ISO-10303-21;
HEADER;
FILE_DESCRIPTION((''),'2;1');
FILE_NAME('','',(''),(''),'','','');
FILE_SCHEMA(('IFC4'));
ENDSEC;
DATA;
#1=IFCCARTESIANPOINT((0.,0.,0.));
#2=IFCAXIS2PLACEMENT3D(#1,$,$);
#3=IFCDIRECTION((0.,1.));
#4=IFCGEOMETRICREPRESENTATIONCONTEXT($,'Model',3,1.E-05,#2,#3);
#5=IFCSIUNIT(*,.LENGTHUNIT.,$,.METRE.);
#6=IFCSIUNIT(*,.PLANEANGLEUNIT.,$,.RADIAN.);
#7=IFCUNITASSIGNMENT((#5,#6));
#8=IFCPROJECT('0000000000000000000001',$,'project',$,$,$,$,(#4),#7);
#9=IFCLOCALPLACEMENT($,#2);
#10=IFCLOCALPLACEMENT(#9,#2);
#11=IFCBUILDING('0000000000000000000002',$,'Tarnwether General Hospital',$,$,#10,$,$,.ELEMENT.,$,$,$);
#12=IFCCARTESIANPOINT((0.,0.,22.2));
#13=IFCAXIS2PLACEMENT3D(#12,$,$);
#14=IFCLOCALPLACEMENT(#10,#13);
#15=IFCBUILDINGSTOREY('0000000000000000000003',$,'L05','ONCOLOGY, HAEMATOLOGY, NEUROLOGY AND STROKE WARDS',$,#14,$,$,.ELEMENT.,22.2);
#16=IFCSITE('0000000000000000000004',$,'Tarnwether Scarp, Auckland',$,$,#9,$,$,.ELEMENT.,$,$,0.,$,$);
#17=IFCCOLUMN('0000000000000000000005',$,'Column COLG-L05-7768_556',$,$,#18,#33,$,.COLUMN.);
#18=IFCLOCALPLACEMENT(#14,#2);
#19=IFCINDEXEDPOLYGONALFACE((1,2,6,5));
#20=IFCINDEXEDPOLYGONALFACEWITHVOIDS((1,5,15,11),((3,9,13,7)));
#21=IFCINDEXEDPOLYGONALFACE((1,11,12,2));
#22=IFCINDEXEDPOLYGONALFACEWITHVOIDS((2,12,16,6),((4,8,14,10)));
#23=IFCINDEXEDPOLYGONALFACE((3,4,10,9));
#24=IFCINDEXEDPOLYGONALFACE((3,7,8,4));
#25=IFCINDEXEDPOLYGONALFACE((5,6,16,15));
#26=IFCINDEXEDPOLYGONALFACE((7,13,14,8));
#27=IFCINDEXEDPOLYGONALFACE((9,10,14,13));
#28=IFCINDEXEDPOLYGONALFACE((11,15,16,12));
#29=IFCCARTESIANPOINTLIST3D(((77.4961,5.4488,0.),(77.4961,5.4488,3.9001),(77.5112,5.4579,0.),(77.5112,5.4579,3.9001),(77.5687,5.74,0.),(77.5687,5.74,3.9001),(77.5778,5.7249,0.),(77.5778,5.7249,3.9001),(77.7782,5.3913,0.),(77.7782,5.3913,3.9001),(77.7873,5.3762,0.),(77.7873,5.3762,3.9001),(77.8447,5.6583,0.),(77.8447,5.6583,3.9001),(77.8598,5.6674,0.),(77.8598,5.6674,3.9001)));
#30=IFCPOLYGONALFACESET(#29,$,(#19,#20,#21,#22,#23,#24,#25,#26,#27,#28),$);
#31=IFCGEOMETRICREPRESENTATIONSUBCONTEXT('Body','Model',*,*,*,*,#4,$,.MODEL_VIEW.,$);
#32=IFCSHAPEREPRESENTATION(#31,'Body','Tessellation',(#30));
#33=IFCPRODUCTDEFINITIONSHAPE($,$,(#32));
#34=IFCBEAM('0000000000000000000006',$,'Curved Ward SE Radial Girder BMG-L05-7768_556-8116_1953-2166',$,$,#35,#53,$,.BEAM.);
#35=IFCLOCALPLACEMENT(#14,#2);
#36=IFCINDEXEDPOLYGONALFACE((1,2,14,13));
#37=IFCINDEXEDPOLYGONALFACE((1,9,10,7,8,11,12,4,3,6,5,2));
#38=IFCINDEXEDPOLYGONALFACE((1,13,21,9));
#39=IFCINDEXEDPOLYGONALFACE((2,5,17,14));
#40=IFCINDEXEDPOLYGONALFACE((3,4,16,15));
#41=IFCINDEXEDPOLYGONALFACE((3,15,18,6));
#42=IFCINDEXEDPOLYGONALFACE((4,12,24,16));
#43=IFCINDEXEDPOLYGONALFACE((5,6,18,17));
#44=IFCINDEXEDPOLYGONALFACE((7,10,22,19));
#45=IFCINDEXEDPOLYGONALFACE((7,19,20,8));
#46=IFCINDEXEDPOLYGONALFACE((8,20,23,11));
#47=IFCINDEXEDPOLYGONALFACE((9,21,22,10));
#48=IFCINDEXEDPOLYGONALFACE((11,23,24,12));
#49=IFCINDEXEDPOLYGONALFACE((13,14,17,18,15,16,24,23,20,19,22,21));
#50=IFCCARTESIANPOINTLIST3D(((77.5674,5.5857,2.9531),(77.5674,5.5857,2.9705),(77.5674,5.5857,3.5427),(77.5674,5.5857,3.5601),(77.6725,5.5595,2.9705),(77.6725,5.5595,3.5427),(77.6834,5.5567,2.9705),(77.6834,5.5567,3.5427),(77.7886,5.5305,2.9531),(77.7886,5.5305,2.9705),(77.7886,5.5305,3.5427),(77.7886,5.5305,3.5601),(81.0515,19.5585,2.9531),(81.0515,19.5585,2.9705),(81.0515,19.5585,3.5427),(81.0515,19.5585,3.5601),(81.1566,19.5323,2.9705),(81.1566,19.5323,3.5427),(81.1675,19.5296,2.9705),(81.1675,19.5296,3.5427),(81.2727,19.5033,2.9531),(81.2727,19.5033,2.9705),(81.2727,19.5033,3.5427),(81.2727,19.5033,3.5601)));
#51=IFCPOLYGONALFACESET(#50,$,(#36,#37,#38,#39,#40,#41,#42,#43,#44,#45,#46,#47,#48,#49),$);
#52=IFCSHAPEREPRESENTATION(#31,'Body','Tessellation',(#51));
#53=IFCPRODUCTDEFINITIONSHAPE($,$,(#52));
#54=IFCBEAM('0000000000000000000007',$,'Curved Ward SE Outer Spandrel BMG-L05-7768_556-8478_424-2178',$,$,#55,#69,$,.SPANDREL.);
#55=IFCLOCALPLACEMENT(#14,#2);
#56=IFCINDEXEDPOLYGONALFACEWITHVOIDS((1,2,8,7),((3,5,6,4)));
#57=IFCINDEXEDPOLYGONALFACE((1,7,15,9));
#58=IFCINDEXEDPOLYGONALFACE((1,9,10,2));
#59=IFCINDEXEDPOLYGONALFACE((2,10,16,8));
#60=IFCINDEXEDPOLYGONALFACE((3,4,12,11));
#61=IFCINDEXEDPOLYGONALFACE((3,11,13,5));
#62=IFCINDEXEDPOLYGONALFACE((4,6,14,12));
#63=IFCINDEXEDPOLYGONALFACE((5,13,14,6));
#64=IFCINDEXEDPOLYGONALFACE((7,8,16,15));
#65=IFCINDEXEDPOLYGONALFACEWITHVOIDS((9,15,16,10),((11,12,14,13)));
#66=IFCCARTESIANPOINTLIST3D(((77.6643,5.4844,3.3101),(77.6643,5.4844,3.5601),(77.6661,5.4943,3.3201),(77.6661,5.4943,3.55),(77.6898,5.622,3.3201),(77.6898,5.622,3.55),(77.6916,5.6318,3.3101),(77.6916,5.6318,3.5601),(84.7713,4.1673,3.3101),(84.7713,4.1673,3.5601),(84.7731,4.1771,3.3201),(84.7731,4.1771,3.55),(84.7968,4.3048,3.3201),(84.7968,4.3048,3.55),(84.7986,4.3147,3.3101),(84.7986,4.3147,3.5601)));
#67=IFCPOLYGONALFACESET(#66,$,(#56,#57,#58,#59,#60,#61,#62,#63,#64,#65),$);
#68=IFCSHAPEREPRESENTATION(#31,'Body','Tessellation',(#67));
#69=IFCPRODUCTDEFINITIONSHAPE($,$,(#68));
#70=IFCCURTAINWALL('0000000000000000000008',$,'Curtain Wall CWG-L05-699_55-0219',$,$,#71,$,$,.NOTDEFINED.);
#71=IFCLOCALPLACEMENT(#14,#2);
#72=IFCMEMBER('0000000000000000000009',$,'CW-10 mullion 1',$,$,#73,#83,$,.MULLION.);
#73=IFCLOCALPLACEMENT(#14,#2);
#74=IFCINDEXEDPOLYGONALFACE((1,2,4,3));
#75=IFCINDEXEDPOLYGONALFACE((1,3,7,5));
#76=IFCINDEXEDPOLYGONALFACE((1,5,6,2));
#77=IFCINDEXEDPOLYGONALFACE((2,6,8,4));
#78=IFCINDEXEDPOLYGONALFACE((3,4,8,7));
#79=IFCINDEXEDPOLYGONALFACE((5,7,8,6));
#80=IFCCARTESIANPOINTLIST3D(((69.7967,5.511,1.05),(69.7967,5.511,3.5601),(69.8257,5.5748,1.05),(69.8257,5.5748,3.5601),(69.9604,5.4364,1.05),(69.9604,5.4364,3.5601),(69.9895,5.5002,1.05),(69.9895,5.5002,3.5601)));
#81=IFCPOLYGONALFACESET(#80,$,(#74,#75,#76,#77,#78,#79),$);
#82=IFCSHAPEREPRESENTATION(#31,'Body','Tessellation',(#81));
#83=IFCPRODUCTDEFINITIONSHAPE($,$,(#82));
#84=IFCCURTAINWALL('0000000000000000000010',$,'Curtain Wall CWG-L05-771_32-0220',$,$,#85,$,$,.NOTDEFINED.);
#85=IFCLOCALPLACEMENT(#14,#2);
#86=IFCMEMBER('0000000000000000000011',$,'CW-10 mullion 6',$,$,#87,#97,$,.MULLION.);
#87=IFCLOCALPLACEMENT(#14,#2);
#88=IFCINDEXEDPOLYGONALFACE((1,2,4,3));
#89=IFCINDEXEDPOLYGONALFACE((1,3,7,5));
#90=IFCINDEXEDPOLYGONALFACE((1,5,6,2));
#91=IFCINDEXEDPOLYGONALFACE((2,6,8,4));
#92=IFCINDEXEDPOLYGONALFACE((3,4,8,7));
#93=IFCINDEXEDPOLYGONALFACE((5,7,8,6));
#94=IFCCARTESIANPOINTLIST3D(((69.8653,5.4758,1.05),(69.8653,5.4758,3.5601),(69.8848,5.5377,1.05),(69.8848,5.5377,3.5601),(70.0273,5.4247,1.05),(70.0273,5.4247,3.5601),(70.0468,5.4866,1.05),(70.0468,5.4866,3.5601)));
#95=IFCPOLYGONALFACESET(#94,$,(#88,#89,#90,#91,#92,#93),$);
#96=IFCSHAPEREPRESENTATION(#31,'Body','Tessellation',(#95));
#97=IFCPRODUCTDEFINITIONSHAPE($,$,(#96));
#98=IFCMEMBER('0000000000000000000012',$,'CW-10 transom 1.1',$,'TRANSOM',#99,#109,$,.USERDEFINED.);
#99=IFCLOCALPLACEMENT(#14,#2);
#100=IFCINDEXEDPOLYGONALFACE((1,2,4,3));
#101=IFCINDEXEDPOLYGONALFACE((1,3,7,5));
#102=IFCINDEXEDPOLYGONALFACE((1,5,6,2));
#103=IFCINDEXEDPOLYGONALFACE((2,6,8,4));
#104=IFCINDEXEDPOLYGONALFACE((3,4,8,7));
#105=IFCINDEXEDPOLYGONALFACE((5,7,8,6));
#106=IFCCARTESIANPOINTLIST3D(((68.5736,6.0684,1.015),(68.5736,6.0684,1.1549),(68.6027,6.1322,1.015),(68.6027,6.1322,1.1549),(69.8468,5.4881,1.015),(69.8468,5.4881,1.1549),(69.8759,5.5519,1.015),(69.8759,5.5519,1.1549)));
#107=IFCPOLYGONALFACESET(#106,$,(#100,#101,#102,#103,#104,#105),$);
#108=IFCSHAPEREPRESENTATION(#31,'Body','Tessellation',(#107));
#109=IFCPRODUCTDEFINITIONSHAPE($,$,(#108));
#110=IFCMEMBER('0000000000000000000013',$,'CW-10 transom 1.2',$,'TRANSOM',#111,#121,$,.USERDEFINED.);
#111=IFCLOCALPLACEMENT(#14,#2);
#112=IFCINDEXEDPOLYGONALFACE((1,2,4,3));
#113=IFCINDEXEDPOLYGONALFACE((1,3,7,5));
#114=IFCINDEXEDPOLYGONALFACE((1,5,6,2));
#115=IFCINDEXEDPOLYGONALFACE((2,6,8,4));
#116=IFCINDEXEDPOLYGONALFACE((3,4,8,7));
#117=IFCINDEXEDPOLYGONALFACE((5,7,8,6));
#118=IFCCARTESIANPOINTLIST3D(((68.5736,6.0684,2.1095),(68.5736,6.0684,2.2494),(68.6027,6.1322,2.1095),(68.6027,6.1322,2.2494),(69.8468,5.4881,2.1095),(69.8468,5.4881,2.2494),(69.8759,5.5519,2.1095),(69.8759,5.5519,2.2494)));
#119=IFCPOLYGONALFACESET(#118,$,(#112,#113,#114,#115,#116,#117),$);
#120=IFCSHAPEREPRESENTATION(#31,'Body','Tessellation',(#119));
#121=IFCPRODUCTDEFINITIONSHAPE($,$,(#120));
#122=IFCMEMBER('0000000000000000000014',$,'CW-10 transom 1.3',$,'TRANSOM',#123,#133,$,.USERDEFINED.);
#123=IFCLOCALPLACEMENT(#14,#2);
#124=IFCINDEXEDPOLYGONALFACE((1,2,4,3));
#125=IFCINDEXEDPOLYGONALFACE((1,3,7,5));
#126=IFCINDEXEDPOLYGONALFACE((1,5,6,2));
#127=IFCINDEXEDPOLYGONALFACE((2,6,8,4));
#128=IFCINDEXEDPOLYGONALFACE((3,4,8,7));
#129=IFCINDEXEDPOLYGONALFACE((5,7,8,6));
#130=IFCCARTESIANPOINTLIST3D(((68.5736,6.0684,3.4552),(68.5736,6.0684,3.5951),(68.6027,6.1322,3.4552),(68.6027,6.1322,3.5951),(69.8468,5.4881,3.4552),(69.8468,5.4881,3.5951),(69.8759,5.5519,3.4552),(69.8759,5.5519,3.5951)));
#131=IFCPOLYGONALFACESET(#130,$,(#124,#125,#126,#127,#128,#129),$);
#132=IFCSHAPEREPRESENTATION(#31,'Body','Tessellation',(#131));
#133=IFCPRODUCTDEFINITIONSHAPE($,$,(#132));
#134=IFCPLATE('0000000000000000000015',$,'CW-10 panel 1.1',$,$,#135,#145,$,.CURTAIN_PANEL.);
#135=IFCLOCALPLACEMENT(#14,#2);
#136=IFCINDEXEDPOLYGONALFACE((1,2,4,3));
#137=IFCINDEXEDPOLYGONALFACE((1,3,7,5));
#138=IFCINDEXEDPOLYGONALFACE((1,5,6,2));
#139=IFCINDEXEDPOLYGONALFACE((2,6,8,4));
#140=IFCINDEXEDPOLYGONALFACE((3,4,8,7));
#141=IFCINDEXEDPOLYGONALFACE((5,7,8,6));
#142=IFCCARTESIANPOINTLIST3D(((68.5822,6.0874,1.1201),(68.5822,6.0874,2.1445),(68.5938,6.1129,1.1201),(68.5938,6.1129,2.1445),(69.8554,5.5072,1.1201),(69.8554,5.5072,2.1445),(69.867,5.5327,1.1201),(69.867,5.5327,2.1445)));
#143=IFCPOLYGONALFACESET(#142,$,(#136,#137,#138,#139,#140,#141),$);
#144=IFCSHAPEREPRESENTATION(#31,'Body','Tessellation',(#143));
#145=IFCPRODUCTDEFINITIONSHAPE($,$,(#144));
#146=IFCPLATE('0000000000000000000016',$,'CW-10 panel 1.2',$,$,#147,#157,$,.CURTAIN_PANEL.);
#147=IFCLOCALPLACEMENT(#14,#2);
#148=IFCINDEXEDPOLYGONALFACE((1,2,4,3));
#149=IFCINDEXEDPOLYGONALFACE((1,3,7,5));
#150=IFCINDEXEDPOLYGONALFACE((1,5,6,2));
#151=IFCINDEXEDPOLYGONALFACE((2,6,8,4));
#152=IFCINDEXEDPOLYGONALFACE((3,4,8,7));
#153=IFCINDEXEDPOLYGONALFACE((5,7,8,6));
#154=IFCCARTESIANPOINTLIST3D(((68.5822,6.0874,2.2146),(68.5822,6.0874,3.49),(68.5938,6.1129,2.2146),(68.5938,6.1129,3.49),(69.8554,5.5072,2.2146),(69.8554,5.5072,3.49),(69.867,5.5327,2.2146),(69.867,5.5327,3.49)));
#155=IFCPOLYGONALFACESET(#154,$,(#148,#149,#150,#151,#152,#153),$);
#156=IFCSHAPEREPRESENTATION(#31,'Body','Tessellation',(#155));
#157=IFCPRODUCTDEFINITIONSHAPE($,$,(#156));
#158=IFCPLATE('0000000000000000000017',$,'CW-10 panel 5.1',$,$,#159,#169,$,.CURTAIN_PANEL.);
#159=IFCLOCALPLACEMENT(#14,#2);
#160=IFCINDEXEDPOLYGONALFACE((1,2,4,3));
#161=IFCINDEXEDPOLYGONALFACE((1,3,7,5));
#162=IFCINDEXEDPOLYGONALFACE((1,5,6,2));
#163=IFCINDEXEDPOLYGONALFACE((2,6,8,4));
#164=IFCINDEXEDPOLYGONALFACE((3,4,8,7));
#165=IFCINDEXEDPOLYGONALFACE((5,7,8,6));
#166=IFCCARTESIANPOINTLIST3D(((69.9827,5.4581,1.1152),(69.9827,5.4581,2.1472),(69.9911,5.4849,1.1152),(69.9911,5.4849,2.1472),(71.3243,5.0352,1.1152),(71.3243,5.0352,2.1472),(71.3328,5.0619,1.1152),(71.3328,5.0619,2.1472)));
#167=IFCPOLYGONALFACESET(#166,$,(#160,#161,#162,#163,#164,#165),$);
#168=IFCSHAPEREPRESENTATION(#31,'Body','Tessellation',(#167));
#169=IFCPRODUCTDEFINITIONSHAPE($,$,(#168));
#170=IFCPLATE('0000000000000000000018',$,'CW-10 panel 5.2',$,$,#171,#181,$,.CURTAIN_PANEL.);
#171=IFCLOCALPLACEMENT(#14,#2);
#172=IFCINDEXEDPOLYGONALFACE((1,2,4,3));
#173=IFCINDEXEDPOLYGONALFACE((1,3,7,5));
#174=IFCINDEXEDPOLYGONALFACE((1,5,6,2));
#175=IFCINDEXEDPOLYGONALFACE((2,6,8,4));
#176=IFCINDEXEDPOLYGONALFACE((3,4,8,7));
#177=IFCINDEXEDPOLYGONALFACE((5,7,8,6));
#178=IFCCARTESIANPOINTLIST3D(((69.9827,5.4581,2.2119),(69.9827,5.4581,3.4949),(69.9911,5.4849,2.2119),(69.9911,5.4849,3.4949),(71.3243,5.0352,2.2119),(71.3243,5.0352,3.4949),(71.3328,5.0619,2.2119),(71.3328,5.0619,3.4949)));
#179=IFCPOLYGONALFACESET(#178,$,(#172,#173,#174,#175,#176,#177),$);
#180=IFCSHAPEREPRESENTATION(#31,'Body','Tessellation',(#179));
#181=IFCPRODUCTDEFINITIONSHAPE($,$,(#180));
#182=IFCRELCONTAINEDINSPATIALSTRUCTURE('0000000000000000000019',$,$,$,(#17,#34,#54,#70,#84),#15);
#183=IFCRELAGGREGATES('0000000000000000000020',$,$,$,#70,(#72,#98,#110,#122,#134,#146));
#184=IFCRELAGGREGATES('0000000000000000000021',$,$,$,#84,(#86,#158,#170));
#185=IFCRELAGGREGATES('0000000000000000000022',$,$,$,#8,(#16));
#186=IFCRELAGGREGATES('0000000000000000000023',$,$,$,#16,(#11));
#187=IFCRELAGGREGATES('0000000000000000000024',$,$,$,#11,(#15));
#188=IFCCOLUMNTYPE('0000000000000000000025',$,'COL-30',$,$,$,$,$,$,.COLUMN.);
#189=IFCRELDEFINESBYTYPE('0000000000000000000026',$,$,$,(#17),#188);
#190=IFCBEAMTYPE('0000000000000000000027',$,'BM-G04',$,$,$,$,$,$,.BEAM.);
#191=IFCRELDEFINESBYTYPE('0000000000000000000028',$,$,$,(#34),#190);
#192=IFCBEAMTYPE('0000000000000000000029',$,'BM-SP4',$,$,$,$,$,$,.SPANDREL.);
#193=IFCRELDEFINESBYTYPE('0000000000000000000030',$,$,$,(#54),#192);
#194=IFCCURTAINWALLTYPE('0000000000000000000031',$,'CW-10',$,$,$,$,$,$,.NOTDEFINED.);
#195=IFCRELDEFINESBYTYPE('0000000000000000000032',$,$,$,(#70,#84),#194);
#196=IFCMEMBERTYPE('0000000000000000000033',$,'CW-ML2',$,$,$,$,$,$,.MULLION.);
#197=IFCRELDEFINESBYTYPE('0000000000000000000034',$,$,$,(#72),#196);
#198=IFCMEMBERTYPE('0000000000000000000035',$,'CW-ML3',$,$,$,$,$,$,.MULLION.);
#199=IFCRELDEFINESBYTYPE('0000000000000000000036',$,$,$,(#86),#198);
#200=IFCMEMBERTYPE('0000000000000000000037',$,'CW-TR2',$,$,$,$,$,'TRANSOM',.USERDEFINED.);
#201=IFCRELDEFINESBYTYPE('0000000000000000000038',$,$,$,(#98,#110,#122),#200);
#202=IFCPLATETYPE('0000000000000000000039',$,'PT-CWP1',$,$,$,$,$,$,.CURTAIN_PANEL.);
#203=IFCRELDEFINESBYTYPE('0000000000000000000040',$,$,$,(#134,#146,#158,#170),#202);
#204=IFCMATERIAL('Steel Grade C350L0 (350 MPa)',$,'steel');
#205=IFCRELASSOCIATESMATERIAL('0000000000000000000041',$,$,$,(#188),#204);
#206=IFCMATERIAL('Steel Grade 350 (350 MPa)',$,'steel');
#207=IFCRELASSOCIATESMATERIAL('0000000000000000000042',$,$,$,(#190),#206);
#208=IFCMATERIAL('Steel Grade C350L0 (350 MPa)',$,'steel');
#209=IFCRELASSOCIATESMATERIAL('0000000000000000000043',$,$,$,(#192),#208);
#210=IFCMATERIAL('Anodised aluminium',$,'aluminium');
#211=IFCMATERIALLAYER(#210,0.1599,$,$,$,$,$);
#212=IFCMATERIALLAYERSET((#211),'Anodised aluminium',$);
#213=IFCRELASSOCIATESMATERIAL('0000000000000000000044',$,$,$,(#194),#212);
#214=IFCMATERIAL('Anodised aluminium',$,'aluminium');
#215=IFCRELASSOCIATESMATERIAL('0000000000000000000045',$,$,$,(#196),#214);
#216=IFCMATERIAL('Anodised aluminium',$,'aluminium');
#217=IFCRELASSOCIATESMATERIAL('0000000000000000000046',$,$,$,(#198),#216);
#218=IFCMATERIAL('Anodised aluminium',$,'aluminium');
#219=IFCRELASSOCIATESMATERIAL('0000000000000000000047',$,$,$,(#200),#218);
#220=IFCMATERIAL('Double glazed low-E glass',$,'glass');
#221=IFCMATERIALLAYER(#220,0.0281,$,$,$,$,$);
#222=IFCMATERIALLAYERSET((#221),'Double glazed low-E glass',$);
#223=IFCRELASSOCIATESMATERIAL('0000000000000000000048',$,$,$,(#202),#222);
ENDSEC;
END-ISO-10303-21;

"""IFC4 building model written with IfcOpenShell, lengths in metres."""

from ifc_helpers import new_model, si_unit, direction, frame, origin, origin_2d, place, context, subcontext, project, spatial, rectangle, hollow_rectangle, i_section, extrude, material, layer, layer_set, material_profile, profile_set, type_object, element, aggregate, save


model = new_model("IFC4")

# Units and contexts
model_context = context("Model", 3, precision=1e-05, world=origin(), true_north=direction((0.0, 1.0)))
body_context = subcontext(model_context, "Body", "Model", "MODEL_VIEW")
ifc_project = project(units=[si_unit("LENGTHUNIT", "METRE"), si_unit("PLANEANGLEUNIT", "RADIAN")], contexts=[model_context])

# Site, building, storey
site_placement = place(None, origin())
site = spatial("IfcSite", under=ifc_project, at=site_placement, Name="Tarnwether Scarp, Auckland", CompositionType="ELEMENT", RefElevation=0.0)
building_placement = place(site_placement, origin())
building = spatial("IfcBuilding", under=site, at=building_placement, Name="Tarnwether General Hospital", CompositionType="ELEMENT")
storey_placement = place(building_placement, frame((0.0, 0.0, 22.2)))
storey = spatial("IfcBuildingStorey", under=building, at=storey_placement, Name="L05", Description="ONCOLOGY, HAEMATOLOGY, NEUROLOGY AND STROKE WARDS", CompositionType="ELEMENT", Elevation=22.2)

# Column
ifc_material_1 = material(Name="Steel Grade C350L0 (350 MPa)", Category="steel")
ifc_material_profile_1 = material_profile(ifc_material_1, hollow_rectangle(XDim=0.3, YDim=0.3, WallThickness=0.0125, at=origin_2d()), Name="SHS300x300x12.5")
ifc_profile_set_1 = profile_set([ifc_material_profile_1], Name="Steel Grade C350L0 (350 MPa)")
column_type = type_object("IfcColumnType", Name="COL-30", PredefinedType="COLUMN", material=ifc_profile_set_1)
column_placement = place(storey_placement, frame((77.678, 5.5581, 0.0), z_axis=(0.0, 0.0, 1.0), x_axis=(0.241922, 0.970296, 0.0)))
element("IfcColumn", 1, at=column_placement, inside=storey, type_object=column_type, Name="Column COLG-L05-7768_556", PredefinedType="COLUMN", context=body_context, shape_type="SweptSolid", body=[
    extrude(hollow_rectangle(XDim=0.3, YDim=0.3, WallThickness=0.0125, at=origin_2d()), origin(), (0.0, 0.0, 1.0), 3.9001),
])

# Beams
ifc_material_2 = material(Name="Steel Grade 350 (350 MPa)", Category="steel")
ifc_material_profile_2 = material_profile(ifc_material_2, i_section(OverallWidth=0.228, OverallDepth=0.6069, WebThickness=0.0112, FlangeThickness=0.0173, at=origin_2d()), Name="610UB113")
ifc_profile_set_2 = profile_set([ifc_material_profile_2], Name="Steel Grade 350 (350 MPa)")
beam_type_1 = type_object("IfcBeamType", Name="BM-G04", PredefinedType="BEAM", material=ifc_profile_set_2)
beam_1_placement = place(storey_placement, frame((77.678, 5.5581, 3.2566), z_axis=(0.241941, 0.970291, 0.0), x_axis=(-0.970291, 0.241941, 0.0)))
element("IfcBeam", 2, at=beam_1_placement, inside=storey, type_object=beam_type_1, Name="Curved Ward SE Radial Girder BMG-L05-7768_556-8116_1953-2166", PredefinedType="BEAM", context=body_context, shape_type="SweptSolid", body=[
    extrude(i_section(OverallWidth=0.228, OverallDepth=0.6069, WebThickness=0.0112, FlangeThickness=0.0173, at=origin_2d()), origin(), (0.0, 0.0, 1.0), 14.4006),
])
ifc_material_3 = material(Name="Steel Grade C350L0 (350 MPa)", Category="steel")
ifc_material_profile_3 = material_profile(ifc_material_3, hollow_rectangle(XDim=0.1499, YDim=0.25, WallThickness=0.01, at=origin_2d()), Name="RHS250x150x10")
ifc_profile_set_3 = profile_set([ifc_material_profile_3], Name="Steel Grade C350L0 (350 MPa)")
beam_type_2 = type_object("IfcBeamType", Name="BM-SP4", PredefinedType="SPANDREL", material=ifc_profile_set_3)
beam_2_placement = place(storey_placement, frame((77.678, 5.5581, 3.4351), z_axis=(0.983256, -0.182228, 0.0), x_axis=(0.182228, 0.983256, 0.0)))
element("IfcBeam", 3, at=beam_2_placement, inside=storey, type_object=beam_type_2, Name="Curved Ward SE Outer Spandrel BMG-L05-7768_556-8478_424-2178", PredefinedType="SPANDREL", context=body_context, shape_type="SweptSolid", body=[
    extrude(hollow_rectangle(XDim=0.1499, YDim=0.25, WallThickness=0.01, at=origin_2d()), origin(), (0.0, 0.0, 1.0), 7.228),
])

# Curtain walls, members
ifc_material_4 = material(Name="Anodised aluminium", Category="aluminium")
ifc_layer_1 = layer(ifc_material_4, 0.1599)
ifc_layer_set_1 = layer_set([ifc_layer_1], Name="Anodised aluminium")
curtain_wall_type = type_object("IfcCurtainWallType", Name="CW-10", PredefinedType="NOTDEFINED", material=ifc_layer_set_1)
curtain_wall_1_placement = place(storey_placement, origin())
curtain_wall_1 = element("IfcCurtainWall", 4, at=curtain_wall_1_placement, inside=storey, type_object=curtain_wall_type, Name="Curtain Wall CWG-L05-699_55-0219", PredefinedType="NOTDEFINED")
ifc_material_5 = material(Name="Anodised aluminium", Category="aluminium")
ifc_material_profile_4 = material_profile(ifc_material_5, rectangle(XDim=0.0701, YDim=0.1799, at=origin_2d()), Name="ALU-MUL-70x180")
ifc_profile_set_4 = profile_set([ifc_material_profile_4], Name="Anodised aluminium")
member_type_1 = type_object("IfcMemberType", Name="CW-ML2", PredefinedType="MULLION", material=ifc_profile_set_4)
member_1_placement = place(storey_placement, frame((69.8931, 5.5056, 1.05), z_axis=(0.0, 0.0, 1.0), x_axis=(-0.414694, -0.909961, 0.0)))
member_1 = element("IfcMember", 5, at=member_1_placement, type_object=member_type_1, Name="CW-10 mullion 1", PredefinedType="MULLION", context=body_context, shape_type="SweptSolid", body=[
    extrude(rectangle(XDim=0.0701, YDim=0.1799, at=origin_2d()), origin(), (0.0, 0.0, 1.0), 2.51),
])
curtain_wall_2_placement = place(storey_placement, origin())
curtain_wall_2 = element("IfcCurtainWall", 6, at=curtain_wall_2_placement, inside=storey, type_object=curtain_wall_type, Name="Curtain Wall CWG-L05-771_32-0220", PredefinedType="NOTDEFINED")
ifc_material_6 = material(Name="Anodised aluminium", Category="aluminium")
ifc_material_profile_5 = material_profile(ifc_material_6, rectangle(XDim=0.0649, YDim=0.1699, at=origin_2d()), Name="ALU-MUL-65x170")
ifc_profile_set_5 = profile_set([ifc_material_profile_5], Name="Anodised aluminium")
member_type_2 = type_object("IfcMemberType", Name="CW-ML3", PredefinedType="MULLION", material=ifc_profile_set_5)
member_2_placement = place(storey_placement, frame((69.9561, 5.4812, 1.05), z_axis=(0.0, 0.0, 1.0), x_axis=(-0.300629, -0.953741, 0.0)))
member_2 = element("IfcMember", 7, at=member_2_placement, type_object=member_type_2, Name="CW-10 mullion 6", PredefinedType="MULLION", context=body_context, shape_type="SweptSolid", body=[
    extrude(rectangle(XDim=0.0649, YDim=0.1699, at=origin_2d()), origin(), (0.0, 0.0, 1.0), 2.51),
])

# Members
ifc_material_7 = material(Name="Anodised aluminium", Category="aluminium")
ifc_material_profile_6 = material_profile(ifc_material_7, rectangle(XDim=0.0701, YDim=0.1399, at=origin_2d()), Name="ALU-TRN-70x140")
ifc_profile_set_6 = profile_set([ifc_material_profile_6], Name="Anodised aluminium")
member_type_3 = type_object("IfcMemberType", Name="CW-TR2", ElementType="TRANSOM", PredefinedType="USERDEFINED", material=ifc_profile_set_6)
member_3_placement = place(storey_placement, frame((69.8613, 5.52, 1.085), z_axis=(-0.909936, 0.414749, 0.0), x_axis=(-0.414749, -0.909936, 0.0)))
member_3 = element("IfcMember", 8, at=member_3_placement, type_object=member_type_3, Name="CW-10 transom 1.1", ObjectType="TRANSOM", PredefinedType="USERDEFINED", context=body_context, shape_type="SweptSolid", body=[
    extrude(rectangle(XDim=0.0701, YDim=0.1399, at=origin_2d()), origin(), (0.0, 0.0, 1.0), 1.3992),
])
member_4_placement = place(storey_placement, frame((69.8613, 5.52, 2.1794), z_axis=(-0.909936, 0.414749, 0.0), x_axis=(-0.414749, -0.909936, 0.0)))
member_4 = element("IfcMember", 9, at=member_4_placement, type_object=member_type_3, Name="CW-10 transom 1.2", ObjectType="TRANSOM", PredefinedType="USERDEFINED", context=body_context, shape_type="SweptSolid", body=[
    extrude(rectangle(XDim=0.0701, YDim=0.1399, at=origin_2d()), origin(), (0.0, 0.0, 1.0), 1.3992),
])
member_5_placement = place(storey_placement, frame((69.8613, 5.52, 3.5251), z_axis=(-0.909936, 0.414749, 0.0), x_axis=(-0.414749, -0.909936, 0.0)))
member_5 = element("IfcMember", 10, at=member_5_placement, type_object=member_type_3, Name="CW-10 transom 1.3", ObjectType="TRANSOM", PredefinedType="USERDEFINED", context=body_context, shape_type="SweptSolid", body=[
    extrude(rectangle(XDim=0.0701, YDim=0.1399, at=origin_2d()), origin(), (0.0, 0.0, 1.0), 1.3992),
])

# Plates
ifc_material_8 = material(Name="Double glazed low-E glass", Category="glass")
ifc_layer_2 = layer(ifc_material_8, 0.0281)
ifc_layer_set_2 = layer_set([ifc_layer_2], Name="Double glazed low-E glass")
plate_type_1 = type_object("IfcPlateType", Name="PT-CWP1", PredefinedType="CURTAIN_PANEL", material=ifc_layer_set_2)
plate_1_placement = place(storey_placement, frame((69.2246, 5.8101, 1.1201), z_axis=(0.0, 0.0, 1.0), x_axis=(-0.909961, 0.414694, 0.0)))
plate_1 = element("IfcPlate", 11, at=plate_1_placement, type_object=plate_type_1, Name="CW-10 panel 1.1", PredefinedType="CURTAIN_PANEL", context=body_context, shape_type="SweptSolid", body=[
    extrude(rectangle(XDim=1.3992, YDim=0.0281, at=origin_2d()), origin(), (0.0, 0.0, 1.0), 1.0244),
])
plate_2_placement = place(storey_placement, frame((69.2246, 5.8101, 2.2146), z_axis=(0.0, 0.0, 1.0), x_axis=(-0.909961, 0.414694, 0.0)))
plate_2 = element("IfcPlate", 12, at=plate_2_placement, type_object=plate_type_1, Name="CW-10 panel 1.2", PredefinedType="CURTAIN_PANEL", context=body_context, shape_type="SweptSolid", body=[
    extrude(rectangle(XDim=1.3992, YDim=0.0281, at=origin_2d()), origin(), (0.0, 0.0, 1.0), 1.2754),
])
aggregate(curtain_wall_1, [member_1, member_3, member_4, member_5, plate_1, plate_2])
plate_3_placement = place(storey_placement, frame((70.6577, 5.26, 1.1152), z_axis=(0.0, 0.0, 1.0), x_axis=(-0.953741, 0.300629, 0.0)))
plate_3 = element("IfcPlate", 13, at=plate_3_placement, type_object=plate_type_1, Name="CW-10 panel 5.1", PredefinedType="CURTAIN_PANEL", context=body_context, shape_type="SweptSolid", body=[
    extrude(rectangle(XDim=1.4067, YDim=0.0281, at=origin_2d()), origin(), (0.0, 0.0, 1.0), 1.032),
])
plate_4_placement = place(storey_placement, frame((70.6577, 5.26, 2.2119), z_axis=(0.0, 0.0, 1.0), x_axis=(-0.953741, 0.300629, 0.0)))
plate_4 = element("IfcPlate", 14, at=plate_4_placement, type_object=plate_type_1, Name="CW-10 panel 5.2", PredefinedType="CURTAIN_PANEL", context=body_context, shape_type="SweptSolid", body=[
    extrude(rectangle(XDim=1.4067, YDim=0.0281, at=origin_2d()), origin(), (0.0, 0.0, 1.0), 1.283),
])
aggregate(curtain_wall_2, [member_2, plate_3, plate_4])

save(model, "model.ifc")
